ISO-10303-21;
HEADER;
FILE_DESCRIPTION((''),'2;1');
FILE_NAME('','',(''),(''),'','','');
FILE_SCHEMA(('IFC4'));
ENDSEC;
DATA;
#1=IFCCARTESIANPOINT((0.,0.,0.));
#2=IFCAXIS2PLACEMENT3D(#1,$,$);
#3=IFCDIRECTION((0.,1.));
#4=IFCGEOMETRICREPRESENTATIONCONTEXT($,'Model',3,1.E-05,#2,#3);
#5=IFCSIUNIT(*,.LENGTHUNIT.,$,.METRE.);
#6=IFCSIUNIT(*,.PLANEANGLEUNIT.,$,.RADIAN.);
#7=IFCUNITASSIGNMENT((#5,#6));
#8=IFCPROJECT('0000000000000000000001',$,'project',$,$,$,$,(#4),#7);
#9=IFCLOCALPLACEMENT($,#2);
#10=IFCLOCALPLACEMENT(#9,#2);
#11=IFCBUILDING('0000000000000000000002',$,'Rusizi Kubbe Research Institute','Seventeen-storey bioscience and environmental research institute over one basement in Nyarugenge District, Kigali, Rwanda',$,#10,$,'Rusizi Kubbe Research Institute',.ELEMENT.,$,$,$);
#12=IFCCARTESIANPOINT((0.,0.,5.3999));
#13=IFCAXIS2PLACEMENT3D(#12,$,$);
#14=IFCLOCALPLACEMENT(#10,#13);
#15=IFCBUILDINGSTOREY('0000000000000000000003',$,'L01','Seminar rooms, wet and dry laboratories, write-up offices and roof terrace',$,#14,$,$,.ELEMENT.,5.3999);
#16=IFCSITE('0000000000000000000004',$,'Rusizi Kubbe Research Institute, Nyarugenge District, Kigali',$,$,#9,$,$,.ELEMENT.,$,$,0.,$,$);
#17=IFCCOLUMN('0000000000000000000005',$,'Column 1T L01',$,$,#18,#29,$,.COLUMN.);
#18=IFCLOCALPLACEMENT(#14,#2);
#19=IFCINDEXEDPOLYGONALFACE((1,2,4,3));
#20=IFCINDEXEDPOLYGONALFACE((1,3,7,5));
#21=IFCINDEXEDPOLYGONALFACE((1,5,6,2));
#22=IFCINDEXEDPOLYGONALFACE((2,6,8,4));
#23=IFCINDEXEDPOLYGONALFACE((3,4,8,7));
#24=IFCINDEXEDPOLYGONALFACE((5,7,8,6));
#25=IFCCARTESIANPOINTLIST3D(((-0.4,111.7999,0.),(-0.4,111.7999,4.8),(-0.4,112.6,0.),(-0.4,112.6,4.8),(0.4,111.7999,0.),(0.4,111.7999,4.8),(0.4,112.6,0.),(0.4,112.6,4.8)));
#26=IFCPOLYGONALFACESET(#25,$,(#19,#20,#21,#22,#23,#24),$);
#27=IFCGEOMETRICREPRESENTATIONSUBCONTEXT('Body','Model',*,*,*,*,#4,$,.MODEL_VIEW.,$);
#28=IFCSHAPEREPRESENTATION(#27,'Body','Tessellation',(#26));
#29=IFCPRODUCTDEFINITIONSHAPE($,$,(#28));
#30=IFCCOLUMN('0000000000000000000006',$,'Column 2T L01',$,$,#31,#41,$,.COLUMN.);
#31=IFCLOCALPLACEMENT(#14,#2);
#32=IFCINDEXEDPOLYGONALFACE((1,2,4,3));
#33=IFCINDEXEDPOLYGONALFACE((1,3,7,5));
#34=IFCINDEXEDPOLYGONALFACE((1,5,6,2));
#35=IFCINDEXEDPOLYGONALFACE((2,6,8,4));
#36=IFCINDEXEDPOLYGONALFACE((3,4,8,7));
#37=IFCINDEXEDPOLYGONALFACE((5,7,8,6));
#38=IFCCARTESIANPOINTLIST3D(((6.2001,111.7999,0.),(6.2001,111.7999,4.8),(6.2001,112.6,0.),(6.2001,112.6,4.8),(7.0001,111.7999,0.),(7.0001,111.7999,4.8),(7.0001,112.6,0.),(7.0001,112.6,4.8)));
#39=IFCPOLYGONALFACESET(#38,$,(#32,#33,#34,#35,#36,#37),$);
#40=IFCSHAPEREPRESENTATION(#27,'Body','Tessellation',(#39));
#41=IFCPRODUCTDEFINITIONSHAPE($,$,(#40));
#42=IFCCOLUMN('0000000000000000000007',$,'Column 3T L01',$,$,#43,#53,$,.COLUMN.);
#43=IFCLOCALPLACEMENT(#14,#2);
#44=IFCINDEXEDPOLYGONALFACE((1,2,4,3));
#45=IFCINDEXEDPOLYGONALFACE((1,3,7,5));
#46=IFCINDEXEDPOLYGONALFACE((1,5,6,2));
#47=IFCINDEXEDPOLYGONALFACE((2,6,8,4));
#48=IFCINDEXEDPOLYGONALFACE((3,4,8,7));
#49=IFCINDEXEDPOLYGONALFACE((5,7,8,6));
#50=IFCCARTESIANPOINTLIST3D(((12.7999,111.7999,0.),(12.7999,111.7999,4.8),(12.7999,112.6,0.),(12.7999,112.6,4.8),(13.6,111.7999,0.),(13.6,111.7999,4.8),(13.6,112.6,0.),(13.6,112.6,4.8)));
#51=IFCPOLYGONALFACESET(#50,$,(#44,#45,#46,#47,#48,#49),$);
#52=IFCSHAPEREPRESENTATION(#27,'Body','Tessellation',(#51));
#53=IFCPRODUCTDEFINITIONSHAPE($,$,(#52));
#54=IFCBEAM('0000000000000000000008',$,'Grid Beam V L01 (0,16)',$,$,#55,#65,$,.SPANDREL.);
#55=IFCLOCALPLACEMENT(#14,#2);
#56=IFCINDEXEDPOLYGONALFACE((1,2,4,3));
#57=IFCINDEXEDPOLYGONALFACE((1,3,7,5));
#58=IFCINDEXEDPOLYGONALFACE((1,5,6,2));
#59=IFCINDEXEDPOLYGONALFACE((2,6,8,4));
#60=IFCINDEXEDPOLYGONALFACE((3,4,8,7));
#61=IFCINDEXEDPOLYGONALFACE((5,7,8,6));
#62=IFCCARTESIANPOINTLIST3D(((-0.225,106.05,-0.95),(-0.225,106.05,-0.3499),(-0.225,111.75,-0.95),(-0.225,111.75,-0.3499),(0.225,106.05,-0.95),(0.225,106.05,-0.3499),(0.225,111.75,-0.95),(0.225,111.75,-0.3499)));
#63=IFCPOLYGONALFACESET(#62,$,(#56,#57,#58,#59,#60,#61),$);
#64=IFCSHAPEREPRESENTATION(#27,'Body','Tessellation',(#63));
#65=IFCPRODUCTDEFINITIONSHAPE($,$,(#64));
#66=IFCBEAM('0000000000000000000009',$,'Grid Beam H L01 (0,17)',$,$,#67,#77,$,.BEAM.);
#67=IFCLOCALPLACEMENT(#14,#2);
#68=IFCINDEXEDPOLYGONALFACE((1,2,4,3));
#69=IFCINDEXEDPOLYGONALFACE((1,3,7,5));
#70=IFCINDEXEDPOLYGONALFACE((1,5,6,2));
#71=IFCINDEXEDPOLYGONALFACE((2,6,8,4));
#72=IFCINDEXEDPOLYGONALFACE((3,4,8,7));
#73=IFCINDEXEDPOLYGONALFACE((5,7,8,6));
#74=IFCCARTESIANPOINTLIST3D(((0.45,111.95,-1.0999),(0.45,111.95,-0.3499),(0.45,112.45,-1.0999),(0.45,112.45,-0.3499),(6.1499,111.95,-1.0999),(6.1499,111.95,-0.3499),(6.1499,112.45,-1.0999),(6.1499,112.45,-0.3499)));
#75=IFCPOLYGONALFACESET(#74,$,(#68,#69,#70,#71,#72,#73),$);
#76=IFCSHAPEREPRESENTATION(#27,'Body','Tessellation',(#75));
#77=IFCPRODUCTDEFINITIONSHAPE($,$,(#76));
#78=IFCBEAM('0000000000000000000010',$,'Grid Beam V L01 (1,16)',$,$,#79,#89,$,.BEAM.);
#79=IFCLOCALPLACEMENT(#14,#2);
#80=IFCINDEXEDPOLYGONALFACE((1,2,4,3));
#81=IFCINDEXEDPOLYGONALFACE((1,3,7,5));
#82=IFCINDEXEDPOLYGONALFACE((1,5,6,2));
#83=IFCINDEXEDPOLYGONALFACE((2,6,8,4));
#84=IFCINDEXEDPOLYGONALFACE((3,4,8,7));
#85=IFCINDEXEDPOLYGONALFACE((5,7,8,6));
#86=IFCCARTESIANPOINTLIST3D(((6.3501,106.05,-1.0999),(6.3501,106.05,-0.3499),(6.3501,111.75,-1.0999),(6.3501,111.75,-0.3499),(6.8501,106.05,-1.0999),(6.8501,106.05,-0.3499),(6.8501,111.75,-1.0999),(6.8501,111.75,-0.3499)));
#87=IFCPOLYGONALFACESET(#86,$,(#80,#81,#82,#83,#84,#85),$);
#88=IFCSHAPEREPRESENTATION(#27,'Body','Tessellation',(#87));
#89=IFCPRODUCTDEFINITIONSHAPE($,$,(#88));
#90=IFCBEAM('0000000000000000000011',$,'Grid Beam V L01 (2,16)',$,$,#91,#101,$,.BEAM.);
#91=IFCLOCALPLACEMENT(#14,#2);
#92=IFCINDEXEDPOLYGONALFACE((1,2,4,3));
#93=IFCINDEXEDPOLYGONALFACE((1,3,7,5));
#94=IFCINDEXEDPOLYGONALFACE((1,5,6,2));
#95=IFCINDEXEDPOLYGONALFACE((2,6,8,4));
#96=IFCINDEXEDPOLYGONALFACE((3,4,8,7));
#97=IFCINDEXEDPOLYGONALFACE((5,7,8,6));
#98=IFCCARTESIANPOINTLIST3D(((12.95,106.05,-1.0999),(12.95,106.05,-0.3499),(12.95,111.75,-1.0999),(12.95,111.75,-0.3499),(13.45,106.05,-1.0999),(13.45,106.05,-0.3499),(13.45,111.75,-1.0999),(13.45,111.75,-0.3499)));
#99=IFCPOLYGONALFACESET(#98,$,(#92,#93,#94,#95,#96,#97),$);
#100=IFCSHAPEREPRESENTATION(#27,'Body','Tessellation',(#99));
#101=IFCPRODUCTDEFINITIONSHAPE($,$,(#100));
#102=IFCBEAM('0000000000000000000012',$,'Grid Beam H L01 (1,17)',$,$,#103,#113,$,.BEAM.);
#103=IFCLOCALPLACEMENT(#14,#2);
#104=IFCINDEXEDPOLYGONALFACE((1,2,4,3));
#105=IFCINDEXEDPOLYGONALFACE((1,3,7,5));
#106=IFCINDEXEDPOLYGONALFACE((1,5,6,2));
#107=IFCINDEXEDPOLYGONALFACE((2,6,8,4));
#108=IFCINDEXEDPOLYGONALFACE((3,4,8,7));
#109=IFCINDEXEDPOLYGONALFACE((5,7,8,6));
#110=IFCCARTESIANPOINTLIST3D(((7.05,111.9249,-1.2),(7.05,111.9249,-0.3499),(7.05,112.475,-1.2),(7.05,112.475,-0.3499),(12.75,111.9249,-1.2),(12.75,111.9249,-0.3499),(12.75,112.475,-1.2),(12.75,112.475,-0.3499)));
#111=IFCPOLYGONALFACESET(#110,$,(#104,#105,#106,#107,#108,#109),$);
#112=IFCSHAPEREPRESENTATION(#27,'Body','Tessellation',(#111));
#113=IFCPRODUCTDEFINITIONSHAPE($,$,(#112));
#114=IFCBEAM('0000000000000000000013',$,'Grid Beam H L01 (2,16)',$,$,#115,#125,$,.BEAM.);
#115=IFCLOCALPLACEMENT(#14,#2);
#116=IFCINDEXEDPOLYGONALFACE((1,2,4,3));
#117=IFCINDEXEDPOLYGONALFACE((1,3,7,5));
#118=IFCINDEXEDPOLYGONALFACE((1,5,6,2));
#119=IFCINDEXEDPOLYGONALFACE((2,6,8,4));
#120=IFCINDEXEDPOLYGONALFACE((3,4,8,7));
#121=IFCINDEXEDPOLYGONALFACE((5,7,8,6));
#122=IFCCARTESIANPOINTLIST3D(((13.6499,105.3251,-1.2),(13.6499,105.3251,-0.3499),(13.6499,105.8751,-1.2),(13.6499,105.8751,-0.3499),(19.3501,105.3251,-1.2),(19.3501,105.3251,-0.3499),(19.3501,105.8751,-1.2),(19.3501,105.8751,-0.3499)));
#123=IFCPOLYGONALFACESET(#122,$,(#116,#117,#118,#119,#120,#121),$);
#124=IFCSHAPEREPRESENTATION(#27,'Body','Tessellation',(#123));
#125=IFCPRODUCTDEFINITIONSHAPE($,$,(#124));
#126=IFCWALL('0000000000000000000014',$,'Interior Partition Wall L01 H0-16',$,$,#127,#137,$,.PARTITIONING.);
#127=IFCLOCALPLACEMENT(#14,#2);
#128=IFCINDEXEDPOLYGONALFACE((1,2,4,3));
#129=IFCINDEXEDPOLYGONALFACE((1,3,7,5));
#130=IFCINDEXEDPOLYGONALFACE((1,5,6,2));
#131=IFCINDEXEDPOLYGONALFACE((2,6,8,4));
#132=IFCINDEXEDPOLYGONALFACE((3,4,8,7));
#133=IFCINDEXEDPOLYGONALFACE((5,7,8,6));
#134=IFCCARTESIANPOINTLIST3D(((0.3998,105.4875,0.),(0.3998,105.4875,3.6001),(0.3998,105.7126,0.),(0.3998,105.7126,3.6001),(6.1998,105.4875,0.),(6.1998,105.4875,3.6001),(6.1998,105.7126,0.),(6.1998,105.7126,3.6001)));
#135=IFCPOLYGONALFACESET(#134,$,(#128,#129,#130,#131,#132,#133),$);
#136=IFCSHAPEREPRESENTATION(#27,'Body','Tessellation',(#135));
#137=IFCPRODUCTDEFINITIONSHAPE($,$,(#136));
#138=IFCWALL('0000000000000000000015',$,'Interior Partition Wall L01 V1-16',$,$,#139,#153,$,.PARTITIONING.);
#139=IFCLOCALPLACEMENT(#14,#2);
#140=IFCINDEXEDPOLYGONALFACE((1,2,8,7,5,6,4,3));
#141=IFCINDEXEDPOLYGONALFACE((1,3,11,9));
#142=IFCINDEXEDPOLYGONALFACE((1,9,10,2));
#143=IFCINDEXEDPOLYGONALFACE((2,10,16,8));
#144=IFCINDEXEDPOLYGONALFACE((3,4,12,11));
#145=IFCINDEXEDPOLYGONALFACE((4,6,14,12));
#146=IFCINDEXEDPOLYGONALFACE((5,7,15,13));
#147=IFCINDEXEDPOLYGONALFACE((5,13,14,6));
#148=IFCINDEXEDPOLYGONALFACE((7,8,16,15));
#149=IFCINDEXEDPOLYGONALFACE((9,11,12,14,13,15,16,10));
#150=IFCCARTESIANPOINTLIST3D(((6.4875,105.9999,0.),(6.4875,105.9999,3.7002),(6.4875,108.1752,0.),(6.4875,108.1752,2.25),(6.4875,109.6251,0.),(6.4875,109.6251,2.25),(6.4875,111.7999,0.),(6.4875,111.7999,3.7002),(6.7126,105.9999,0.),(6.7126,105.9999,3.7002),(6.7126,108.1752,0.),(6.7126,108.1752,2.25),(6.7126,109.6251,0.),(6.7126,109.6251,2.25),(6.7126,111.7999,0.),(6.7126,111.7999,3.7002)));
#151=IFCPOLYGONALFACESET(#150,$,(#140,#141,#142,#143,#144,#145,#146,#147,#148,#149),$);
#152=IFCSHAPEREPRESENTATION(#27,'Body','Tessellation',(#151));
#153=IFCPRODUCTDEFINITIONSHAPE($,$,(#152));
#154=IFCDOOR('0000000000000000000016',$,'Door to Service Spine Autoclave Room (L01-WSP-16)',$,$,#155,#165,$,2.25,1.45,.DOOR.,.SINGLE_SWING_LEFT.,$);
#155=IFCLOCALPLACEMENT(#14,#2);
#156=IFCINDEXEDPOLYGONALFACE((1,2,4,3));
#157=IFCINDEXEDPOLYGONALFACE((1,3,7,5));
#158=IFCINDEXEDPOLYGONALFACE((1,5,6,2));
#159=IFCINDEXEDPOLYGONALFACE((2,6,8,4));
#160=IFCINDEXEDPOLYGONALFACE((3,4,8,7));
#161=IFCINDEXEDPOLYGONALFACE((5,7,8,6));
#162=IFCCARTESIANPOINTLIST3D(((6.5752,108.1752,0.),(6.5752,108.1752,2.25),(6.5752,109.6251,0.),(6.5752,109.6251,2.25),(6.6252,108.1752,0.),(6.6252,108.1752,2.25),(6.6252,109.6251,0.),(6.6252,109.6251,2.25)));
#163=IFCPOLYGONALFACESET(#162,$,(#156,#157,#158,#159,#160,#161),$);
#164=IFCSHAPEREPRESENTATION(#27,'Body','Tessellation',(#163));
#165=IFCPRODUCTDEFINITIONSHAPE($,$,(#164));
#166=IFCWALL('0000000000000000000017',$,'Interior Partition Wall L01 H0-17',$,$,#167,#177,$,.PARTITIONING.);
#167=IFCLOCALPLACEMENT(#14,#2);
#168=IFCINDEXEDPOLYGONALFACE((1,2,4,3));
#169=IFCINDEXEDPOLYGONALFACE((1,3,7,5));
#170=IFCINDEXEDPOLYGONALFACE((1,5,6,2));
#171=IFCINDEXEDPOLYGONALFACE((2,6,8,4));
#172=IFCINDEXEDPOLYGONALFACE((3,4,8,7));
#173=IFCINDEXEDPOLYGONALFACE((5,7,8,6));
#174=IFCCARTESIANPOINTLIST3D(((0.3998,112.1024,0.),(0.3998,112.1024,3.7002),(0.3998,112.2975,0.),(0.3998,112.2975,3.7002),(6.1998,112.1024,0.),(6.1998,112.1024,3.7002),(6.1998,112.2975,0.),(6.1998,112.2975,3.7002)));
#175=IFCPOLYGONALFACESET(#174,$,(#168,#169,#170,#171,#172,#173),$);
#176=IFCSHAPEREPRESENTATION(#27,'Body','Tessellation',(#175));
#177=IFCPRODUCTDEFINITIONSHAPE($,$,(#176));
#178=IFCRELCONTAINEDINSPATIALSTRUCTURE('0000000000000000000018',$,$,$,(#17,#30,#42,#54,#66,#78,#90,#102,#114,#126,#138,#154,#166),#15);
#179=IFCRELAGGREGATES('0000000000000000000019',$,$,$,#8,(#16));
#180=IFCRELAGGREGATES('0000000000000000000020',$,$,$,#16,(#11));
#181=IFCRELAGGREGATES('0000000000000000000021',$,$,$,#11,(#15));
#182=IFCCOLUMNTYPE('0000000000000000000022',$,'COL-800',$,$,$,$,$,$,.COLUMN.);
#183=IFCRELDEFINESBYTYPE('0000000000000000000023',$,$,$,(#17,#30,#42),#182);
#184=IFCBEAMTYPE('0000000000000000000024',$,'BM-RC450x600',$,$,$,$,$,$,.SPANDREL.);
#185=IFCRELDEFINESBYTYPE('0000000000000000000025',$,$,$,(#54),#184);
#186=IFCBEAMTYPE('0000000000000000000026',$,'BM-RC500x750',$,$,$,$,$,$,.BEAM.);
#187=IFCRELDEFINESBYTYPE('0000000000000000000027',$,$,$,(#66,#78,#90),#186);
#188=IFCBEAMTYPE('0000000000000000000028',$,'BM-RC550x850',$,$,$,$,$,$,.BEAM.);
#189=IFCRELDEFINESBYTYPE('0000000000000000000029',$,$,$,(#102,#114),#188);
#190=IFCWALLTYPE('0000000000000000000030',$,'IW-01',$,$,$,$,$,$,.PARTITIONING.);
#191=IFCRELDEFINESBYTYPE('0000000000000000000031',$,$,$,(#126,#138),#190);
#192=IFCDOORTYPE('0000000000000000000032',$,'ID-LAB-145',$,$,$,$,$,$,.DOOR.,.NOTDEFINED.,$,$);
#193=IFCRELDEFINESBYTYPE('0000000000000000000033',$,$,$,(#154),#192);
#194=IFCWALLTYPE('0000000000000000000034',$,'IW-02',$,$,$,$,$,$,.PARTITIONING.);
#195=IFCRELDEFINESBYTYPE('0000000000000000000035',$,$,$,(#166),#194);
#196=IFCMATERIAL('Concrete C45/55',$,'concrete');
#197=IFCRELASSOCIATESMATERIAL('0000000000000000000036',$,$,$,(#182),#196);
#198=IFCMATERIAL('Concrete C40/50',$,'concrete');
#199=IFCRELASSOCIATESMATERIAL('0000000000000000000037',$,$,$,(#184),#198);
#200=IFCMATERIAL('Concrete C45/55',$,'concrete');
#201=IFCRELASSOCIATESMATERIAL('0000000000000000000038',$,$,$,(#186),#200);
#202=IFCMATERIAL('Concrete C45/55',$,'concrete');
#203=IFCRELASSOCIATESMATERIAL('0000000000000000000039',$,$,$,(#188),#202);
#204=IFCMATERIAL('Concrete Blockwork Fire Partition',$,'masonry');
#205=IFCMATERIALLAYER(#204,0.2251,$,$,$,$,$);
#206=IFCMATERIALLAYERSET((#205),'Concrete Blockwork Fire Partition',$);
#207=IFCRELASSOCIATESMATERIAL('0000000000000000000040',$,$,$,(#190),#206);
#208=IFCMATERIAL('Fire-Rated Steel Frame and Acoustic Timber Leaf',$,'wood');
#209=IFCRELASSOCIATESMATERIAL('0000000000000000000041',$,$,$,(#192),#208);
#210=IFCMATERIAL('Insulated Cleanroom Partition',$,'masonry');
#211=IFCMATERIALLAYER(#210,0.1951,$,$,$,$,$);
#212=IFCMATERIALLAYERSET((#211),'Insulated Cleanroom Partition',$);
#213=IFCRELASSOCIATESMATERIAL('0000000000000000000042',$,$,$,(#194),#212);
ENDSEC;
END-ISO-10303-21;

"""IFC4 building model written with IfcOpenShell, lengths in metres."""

from ifc_helpers import new_model, si_unit, direction, frame, frame_2d, origin, origin_2d, place, context, subcontext, project, spatial, rectangle, extrude, material, layer, layer_set, material_profile, profile_set, type_object, element, fill, save


model = new_model("IFC4")

# Units and contexts
model_context = context("Model", 3, precision=1e-05, world=origin(), true_north=direction((0.0, 1.0)))
body_context = subcontext(model_context, "Body", "Model", "MODEL_VIEW")
ifc_project = project(units=[si_unit("LENGTHUNIT", "METRE"), si_unit("PLANEANGLEUNIT", "RADIAN")], contexts=[model_context])

# Site, building, storey
site_placement = place(None, origin())
site = spatial("IfcSite", under=ifc_project, at=site_placement, Name="Rusizi Kubbe Research Institute, Nyarugenge District, Kigali", CompositionType="ELEMENT", RefElevation=0.0)
building_placement = place(site_placement, origin())
building = spatial("IfcBuilding", under=site, at=building_placement, Name="Rusizi Kubbe Research Institute", Description="Seventeen-storey bioscience and environmental research institute over one basement in Nyarugenge District, Kigali, Rwanda", LongName="Rusizi Kubbe Research Institute", CompositionType="ELEMENT")
storey_placement = place(building_placement, frame((0.0, 0.0, 5.3999)))
storey = spatial("IfcBuildingStorey", under=building, at=storey_placement, Name="L01", Description="Seminar rooms, wet and dry laboratories, write-up offices and roof terrace", CompositionType="ELEMENT", Elevation=5.3999)

# Columns
ifc_material_1 = material(Name="Concrete C45/55", Category="concrete")
ifc_material_profile_1 = material_profile(ifc_material_1, rectangle(XDim=0.8, YDim=0.8, at=origin_2d()), Name="RC800x800")
ifc_profile_set_1 = profile_set([ifc_material_profile_1], Name="Concrete C45/55")
column_type = type_object("IfcColumnType", Name="COL-800", PredefinedType="COLUMN", material=ifc_profile_set_1)
for number, where, z_axis, x_axis, name in (
    (1, (0.0, 112.2, 0.0), (0.0, 0.0, 1.0), (1.0, 0.0, 0.0), "Column 1T L01"),
    (2, (6.6001, 112.2, 0.0), (0.0, 0.0, 1.0), (1.0, 0.0, 0.0), "Column 2T L01"),
    (3, (13.2, 112.2, 0.0), (0.0, 0.0, 1.0), (1.0, 0.0, 0.0), "Column 3T L01"),
):
    element("IfcColumn", number, at=place(storey_placement, frame(where, z_axis=z_axis, x_axis=x_axis)), inside=storey, type_object=column_type, Name=name, PredefinedType="COLUMN", context=body_context, shape_type="SweptSolid", body=[
        extrude(rectangle(XDim=0.8, YDim=0.8, at=origin_2d()), origin(), (0.0, 0.0, 1.0), 4.8),
    ])

# Beams
ifc_material_2 = material(Name="Concrete C40/50", Category="concrete")
ifc_material_profile_2 = material_profile(ifc_material_2, rectangle(XDim=0.45, YDim=0.6001, at=origin_2d()), Name="RC450x600")
ifc_profile_set_2 = profile_set([ifc_material_profile_2], Name="Concrete C40/50")
beam_type_1 = type_object("IfcBeamType", Name="BM-RC450x600", PredefinedType="SPANDREL", material=ifc_profile_set_2)
beam_1_placement = place(storey_placement, frame((0.0, 106.05, -0.6499), z_axis=(0.0, 1.0, 0.0), x_axis=(-1.0, 0.0, 0.0)))
element("IfcBeam", 4, at=beam_1_placement, inside=storey, type_object=beam_type_1, Name="Grid Beam V L01 (0,16)", PredefinedType="SPANDREL", context=body_context, shape_type="SweptSolid", body=[
    extrude(rectangle(XDim=0.45, YDim=0.6001, at=origin_2d()), origin(), (0.0, 0.0, 1.0), 5.7),
])
ifc_material_3 = material(Name="Concrete C45/55", Category="concrete")
ifc_material_profile_3 = material_profile(ifc_material_3, rectangle(XDim=0.5, YDim=0.75, at=origin_2d()), Name="RC500x750B")
ifc_profile_set_3 = profile_set([ifc_material_profile_3], Name="Concrete C45/55")
beam_type_2 = type_object("IfcBeamType", Name="BM-RC500x750", PredefinedType="BEAM", material=ifc_profile_set_3)
for number, where, z_axis, x_axis, name in (
    (5, (0.45, 112.2, -0.7249), (1.0, 0.0, 0.0), (0.0, 1.0, 0.0), "Grid Beam H L01 (0,17)"),
    (6, (6.6001, 106.05, -0.7249), (0.0, 1.0, 0.0), (-1.0, 0.0, 0.0), "Grid Beam V L01 (1,16)"),
    (7, (13.2, 106.05, -0.7249), (0.0, 1.0, 0.0), (-1.0, 0.0, 0.0), "Grid Beam V L01 (2,16)"),
):
    element("IfcBeam", number, at=place(storey_placement, frame(where, z_axis=z_axis, x_axis=x_axis)), inside=storey, type_object=beam_type_2, Name=name, PredefinedType="BEAM", context=body_context, shape_type="SweptSolid", body=[
        extrude(rectangle(XDim=0.5, YDim=0.75, at=origin_2d()), origin(), (0.0, 0.0, 1.0), 5.7),
    ])
ifc_material_4 = material(Name="Concrete C45/55", Category="concrete")
ifc_material_profile_4 = material_profile(ifc_material_4, rectangle(XDim=0.55, YDim=0.8501, at=origin_2d()), Name="RC550x850")
ifc_profile_set_4 = profile_set([ifc_material_profile_4], Name="Concrete C45/55")
beam_type_3 = type_object("IfcBeamType", Name="BM-RC550x850", PredefinedType="BEAM", material=ifc_profile_set_4)
beam_2_placement = place(storey_placement, frame((7.05, 112.2, -0.7749), z_axis=(1.0, 0.0, 0.0), x_axis=(0.0, 1.0, 0.0)))
element("IfcBeam", 8, at=beam_2_placement, inside=storey, type_object=beam_type_3, Name="Grid Beam H L01 (1,17)", PredefinedType="BEAM", context=body_context, shape_type="SweptSolid", body=[
    extrude(rectangle(XDim=0.55, YDim=0.8501, at=origin_2d()), origin(), (0.0, 0.0, 1.0), 5.7),
])
beam_3_placement = place(storey_placement, frame((13.6499, 105.6001, -0.7749), z_axis=(1.0, 0.0, 0.0), x_axis=(0.0, 1.0, 0.0)))
element("IfcBeam", 9, at=beam_3_placement, inside=storey, type_object=beam_type_3, Name="Grid Beam H L01 (2,16)", PredefinedType="BEAM", context=body_context, shape_type="SweptSolid", body=[
    extrude(rectangle(XDim=0.55, YDim=0.8501, at=origin_2d()), origin(), (0.0, 0.0, 1.0), 5.7002),
])

# Wall
ifc_material_5 = material(Name="Concrete Blockwork Fire Partition", Category="masonry")
ifc_layer_1 = layer(ifc_material_5, 0.2251)
ifc_layer_set_1 = layer_set([ifc_layer_1], Name="Concrete Blockwork Fire Partition")
wall_type_1 = type_object("IfcWallType", Name="IW-01", PredefinedType="PARTITIONING", material=ifc_layer_set_1)
wall_1_placement = place(storey_placement, frame((0.3999, 105.6001, 0.0), z_axis=(0.0, 0.0, 1.0), x_axis=(1.0, 0.0, 0.0)))
element("IfcWall", 10, at=wall_1_placement, inside=storey, type_object=wall_type_1, Name="Interior Partition Wall L01 H0-16", PredefinedType="PARTITIONING", context=body_context, shape_type="SweptSolid", body=[
    extrude(rectangle(XDim=5.8, YDim=0.2251, at=frame_2d((2.8999, 0.0))), origin(), (0.0, 0.0, 1.0), 3.6001),
])

# Wall, opening, door
wall_2_placement = place(storey_placement, frame((6.6001, 106.0, 0.0), z_axis=(0.0, 0.0, 1.0), x_axis=(0.0, 1.0, 0.0)))
wall_2 = element("IfcWall", 11, at=wall_2_placement, inside=storey, type_object=wall_type_1, Name="Interior Partition Wall L01 V1-16", PredefinedType="PARTITIONING", context=body_context, shape_type="SweptSolid", body=[
    extrude(rectangle(XDim=5.8, YDim=0.2251, at=frame_2d((2.8999, 0.0))), origin(), (0.0, 0.0, 1.0), 3.7002),
])
opening_1_placement = place(wall_2_placement, frame((2.175, 0.0, 0.0)))
opening_1 = element("IfcOpeningElement", 12, at=opening_1_placement, cuts=wall_2, PredefinedType="OPENING", context=body_context, shape_type="SweptSolid", body=[
    extrude(rectangle(XDim=1.45, YDim=2.25, at=frame_2d((0.7251, 1.125))), frame((0.0, 0.1226, 0.0), z_axis=(0.0, -1.0, 0.0), x_axis=(1.0, 0.0, 0.0)), (0.0, 0.0, 1.0), 0.2451),
])
ifc_material_6 = material(Name="Fire-Rated Steel Frame and Acoustic Timber Leaf", Category="wood")
door_type_1 = type_object("IfcDoorType", Name="ID-LAB-145", OperationType="NOTDEFINED", PredefinedType="DOOR", material=ifc_material_6)
door_1_placement = place(opening_1_placement, origin())
door_1 = element("IfcDoor", 13, at=door_1_placement, inside=storey, type_object=door_type_1, Name="Door to Service Spine Autoclave Room (L01-WSP-16)", OperationType="SINGLE_SWING_LEFT", OverallHeight=2.25, OverallWidth=1.45, PredefinedType="DOOR", context=body_context, shape_type="SweptSolid", body=[
    extrude(rectangle(XDim=1.45, YDim=2.25, at=frame_2d((0.7251, 1.125))), frame((0.0, 0.0249, 0.0), z_axis=(0.0, -1.0, 0.0), x_axis=(1.0, 0.0, 0.0)), (0.0, 0.0, 1.0), 0.05),
])
fill(opening_1, door_1)

# Wall
ifc_material_7 = material(Name="Insulated Cleanroom Partition", Category="masonry")
ifc_layer_2 = layer(ifc_material_7, 0.1951)
ifc_layer_set_2 = layer_set([ifc_layer_2], Name="Insulated Cleanroom Partition")
wall_type_2 = type_object("IfcWallType", Name="IW-02", PredefinedType="PARTITIONING", material=ifc_layer_set_2)
wall_3_placement = place(storey_placement, frame((0.3999, 112.2, 0.0), z_axis=(0.0, 0.0, 1.0), x_axis=(1.0, 0.0, 0.0)))
element("IfcWall", 14, at=wall_3_placement, inside=storey, type_object=wall_type_2, Name="Interior Partition Wall L01 H0-17", PredefinedType="PARTITIONING", context=body_context, shape_type="SweptSolid", body=[
    extrude(rectangle(XDim=5.8, YDim=0.1951, at=frame_2d((2.8999, 0.0))), origin(), (0.0, 0.0, 1.0), 3.7002),
])

save(model, "model.ifc")
